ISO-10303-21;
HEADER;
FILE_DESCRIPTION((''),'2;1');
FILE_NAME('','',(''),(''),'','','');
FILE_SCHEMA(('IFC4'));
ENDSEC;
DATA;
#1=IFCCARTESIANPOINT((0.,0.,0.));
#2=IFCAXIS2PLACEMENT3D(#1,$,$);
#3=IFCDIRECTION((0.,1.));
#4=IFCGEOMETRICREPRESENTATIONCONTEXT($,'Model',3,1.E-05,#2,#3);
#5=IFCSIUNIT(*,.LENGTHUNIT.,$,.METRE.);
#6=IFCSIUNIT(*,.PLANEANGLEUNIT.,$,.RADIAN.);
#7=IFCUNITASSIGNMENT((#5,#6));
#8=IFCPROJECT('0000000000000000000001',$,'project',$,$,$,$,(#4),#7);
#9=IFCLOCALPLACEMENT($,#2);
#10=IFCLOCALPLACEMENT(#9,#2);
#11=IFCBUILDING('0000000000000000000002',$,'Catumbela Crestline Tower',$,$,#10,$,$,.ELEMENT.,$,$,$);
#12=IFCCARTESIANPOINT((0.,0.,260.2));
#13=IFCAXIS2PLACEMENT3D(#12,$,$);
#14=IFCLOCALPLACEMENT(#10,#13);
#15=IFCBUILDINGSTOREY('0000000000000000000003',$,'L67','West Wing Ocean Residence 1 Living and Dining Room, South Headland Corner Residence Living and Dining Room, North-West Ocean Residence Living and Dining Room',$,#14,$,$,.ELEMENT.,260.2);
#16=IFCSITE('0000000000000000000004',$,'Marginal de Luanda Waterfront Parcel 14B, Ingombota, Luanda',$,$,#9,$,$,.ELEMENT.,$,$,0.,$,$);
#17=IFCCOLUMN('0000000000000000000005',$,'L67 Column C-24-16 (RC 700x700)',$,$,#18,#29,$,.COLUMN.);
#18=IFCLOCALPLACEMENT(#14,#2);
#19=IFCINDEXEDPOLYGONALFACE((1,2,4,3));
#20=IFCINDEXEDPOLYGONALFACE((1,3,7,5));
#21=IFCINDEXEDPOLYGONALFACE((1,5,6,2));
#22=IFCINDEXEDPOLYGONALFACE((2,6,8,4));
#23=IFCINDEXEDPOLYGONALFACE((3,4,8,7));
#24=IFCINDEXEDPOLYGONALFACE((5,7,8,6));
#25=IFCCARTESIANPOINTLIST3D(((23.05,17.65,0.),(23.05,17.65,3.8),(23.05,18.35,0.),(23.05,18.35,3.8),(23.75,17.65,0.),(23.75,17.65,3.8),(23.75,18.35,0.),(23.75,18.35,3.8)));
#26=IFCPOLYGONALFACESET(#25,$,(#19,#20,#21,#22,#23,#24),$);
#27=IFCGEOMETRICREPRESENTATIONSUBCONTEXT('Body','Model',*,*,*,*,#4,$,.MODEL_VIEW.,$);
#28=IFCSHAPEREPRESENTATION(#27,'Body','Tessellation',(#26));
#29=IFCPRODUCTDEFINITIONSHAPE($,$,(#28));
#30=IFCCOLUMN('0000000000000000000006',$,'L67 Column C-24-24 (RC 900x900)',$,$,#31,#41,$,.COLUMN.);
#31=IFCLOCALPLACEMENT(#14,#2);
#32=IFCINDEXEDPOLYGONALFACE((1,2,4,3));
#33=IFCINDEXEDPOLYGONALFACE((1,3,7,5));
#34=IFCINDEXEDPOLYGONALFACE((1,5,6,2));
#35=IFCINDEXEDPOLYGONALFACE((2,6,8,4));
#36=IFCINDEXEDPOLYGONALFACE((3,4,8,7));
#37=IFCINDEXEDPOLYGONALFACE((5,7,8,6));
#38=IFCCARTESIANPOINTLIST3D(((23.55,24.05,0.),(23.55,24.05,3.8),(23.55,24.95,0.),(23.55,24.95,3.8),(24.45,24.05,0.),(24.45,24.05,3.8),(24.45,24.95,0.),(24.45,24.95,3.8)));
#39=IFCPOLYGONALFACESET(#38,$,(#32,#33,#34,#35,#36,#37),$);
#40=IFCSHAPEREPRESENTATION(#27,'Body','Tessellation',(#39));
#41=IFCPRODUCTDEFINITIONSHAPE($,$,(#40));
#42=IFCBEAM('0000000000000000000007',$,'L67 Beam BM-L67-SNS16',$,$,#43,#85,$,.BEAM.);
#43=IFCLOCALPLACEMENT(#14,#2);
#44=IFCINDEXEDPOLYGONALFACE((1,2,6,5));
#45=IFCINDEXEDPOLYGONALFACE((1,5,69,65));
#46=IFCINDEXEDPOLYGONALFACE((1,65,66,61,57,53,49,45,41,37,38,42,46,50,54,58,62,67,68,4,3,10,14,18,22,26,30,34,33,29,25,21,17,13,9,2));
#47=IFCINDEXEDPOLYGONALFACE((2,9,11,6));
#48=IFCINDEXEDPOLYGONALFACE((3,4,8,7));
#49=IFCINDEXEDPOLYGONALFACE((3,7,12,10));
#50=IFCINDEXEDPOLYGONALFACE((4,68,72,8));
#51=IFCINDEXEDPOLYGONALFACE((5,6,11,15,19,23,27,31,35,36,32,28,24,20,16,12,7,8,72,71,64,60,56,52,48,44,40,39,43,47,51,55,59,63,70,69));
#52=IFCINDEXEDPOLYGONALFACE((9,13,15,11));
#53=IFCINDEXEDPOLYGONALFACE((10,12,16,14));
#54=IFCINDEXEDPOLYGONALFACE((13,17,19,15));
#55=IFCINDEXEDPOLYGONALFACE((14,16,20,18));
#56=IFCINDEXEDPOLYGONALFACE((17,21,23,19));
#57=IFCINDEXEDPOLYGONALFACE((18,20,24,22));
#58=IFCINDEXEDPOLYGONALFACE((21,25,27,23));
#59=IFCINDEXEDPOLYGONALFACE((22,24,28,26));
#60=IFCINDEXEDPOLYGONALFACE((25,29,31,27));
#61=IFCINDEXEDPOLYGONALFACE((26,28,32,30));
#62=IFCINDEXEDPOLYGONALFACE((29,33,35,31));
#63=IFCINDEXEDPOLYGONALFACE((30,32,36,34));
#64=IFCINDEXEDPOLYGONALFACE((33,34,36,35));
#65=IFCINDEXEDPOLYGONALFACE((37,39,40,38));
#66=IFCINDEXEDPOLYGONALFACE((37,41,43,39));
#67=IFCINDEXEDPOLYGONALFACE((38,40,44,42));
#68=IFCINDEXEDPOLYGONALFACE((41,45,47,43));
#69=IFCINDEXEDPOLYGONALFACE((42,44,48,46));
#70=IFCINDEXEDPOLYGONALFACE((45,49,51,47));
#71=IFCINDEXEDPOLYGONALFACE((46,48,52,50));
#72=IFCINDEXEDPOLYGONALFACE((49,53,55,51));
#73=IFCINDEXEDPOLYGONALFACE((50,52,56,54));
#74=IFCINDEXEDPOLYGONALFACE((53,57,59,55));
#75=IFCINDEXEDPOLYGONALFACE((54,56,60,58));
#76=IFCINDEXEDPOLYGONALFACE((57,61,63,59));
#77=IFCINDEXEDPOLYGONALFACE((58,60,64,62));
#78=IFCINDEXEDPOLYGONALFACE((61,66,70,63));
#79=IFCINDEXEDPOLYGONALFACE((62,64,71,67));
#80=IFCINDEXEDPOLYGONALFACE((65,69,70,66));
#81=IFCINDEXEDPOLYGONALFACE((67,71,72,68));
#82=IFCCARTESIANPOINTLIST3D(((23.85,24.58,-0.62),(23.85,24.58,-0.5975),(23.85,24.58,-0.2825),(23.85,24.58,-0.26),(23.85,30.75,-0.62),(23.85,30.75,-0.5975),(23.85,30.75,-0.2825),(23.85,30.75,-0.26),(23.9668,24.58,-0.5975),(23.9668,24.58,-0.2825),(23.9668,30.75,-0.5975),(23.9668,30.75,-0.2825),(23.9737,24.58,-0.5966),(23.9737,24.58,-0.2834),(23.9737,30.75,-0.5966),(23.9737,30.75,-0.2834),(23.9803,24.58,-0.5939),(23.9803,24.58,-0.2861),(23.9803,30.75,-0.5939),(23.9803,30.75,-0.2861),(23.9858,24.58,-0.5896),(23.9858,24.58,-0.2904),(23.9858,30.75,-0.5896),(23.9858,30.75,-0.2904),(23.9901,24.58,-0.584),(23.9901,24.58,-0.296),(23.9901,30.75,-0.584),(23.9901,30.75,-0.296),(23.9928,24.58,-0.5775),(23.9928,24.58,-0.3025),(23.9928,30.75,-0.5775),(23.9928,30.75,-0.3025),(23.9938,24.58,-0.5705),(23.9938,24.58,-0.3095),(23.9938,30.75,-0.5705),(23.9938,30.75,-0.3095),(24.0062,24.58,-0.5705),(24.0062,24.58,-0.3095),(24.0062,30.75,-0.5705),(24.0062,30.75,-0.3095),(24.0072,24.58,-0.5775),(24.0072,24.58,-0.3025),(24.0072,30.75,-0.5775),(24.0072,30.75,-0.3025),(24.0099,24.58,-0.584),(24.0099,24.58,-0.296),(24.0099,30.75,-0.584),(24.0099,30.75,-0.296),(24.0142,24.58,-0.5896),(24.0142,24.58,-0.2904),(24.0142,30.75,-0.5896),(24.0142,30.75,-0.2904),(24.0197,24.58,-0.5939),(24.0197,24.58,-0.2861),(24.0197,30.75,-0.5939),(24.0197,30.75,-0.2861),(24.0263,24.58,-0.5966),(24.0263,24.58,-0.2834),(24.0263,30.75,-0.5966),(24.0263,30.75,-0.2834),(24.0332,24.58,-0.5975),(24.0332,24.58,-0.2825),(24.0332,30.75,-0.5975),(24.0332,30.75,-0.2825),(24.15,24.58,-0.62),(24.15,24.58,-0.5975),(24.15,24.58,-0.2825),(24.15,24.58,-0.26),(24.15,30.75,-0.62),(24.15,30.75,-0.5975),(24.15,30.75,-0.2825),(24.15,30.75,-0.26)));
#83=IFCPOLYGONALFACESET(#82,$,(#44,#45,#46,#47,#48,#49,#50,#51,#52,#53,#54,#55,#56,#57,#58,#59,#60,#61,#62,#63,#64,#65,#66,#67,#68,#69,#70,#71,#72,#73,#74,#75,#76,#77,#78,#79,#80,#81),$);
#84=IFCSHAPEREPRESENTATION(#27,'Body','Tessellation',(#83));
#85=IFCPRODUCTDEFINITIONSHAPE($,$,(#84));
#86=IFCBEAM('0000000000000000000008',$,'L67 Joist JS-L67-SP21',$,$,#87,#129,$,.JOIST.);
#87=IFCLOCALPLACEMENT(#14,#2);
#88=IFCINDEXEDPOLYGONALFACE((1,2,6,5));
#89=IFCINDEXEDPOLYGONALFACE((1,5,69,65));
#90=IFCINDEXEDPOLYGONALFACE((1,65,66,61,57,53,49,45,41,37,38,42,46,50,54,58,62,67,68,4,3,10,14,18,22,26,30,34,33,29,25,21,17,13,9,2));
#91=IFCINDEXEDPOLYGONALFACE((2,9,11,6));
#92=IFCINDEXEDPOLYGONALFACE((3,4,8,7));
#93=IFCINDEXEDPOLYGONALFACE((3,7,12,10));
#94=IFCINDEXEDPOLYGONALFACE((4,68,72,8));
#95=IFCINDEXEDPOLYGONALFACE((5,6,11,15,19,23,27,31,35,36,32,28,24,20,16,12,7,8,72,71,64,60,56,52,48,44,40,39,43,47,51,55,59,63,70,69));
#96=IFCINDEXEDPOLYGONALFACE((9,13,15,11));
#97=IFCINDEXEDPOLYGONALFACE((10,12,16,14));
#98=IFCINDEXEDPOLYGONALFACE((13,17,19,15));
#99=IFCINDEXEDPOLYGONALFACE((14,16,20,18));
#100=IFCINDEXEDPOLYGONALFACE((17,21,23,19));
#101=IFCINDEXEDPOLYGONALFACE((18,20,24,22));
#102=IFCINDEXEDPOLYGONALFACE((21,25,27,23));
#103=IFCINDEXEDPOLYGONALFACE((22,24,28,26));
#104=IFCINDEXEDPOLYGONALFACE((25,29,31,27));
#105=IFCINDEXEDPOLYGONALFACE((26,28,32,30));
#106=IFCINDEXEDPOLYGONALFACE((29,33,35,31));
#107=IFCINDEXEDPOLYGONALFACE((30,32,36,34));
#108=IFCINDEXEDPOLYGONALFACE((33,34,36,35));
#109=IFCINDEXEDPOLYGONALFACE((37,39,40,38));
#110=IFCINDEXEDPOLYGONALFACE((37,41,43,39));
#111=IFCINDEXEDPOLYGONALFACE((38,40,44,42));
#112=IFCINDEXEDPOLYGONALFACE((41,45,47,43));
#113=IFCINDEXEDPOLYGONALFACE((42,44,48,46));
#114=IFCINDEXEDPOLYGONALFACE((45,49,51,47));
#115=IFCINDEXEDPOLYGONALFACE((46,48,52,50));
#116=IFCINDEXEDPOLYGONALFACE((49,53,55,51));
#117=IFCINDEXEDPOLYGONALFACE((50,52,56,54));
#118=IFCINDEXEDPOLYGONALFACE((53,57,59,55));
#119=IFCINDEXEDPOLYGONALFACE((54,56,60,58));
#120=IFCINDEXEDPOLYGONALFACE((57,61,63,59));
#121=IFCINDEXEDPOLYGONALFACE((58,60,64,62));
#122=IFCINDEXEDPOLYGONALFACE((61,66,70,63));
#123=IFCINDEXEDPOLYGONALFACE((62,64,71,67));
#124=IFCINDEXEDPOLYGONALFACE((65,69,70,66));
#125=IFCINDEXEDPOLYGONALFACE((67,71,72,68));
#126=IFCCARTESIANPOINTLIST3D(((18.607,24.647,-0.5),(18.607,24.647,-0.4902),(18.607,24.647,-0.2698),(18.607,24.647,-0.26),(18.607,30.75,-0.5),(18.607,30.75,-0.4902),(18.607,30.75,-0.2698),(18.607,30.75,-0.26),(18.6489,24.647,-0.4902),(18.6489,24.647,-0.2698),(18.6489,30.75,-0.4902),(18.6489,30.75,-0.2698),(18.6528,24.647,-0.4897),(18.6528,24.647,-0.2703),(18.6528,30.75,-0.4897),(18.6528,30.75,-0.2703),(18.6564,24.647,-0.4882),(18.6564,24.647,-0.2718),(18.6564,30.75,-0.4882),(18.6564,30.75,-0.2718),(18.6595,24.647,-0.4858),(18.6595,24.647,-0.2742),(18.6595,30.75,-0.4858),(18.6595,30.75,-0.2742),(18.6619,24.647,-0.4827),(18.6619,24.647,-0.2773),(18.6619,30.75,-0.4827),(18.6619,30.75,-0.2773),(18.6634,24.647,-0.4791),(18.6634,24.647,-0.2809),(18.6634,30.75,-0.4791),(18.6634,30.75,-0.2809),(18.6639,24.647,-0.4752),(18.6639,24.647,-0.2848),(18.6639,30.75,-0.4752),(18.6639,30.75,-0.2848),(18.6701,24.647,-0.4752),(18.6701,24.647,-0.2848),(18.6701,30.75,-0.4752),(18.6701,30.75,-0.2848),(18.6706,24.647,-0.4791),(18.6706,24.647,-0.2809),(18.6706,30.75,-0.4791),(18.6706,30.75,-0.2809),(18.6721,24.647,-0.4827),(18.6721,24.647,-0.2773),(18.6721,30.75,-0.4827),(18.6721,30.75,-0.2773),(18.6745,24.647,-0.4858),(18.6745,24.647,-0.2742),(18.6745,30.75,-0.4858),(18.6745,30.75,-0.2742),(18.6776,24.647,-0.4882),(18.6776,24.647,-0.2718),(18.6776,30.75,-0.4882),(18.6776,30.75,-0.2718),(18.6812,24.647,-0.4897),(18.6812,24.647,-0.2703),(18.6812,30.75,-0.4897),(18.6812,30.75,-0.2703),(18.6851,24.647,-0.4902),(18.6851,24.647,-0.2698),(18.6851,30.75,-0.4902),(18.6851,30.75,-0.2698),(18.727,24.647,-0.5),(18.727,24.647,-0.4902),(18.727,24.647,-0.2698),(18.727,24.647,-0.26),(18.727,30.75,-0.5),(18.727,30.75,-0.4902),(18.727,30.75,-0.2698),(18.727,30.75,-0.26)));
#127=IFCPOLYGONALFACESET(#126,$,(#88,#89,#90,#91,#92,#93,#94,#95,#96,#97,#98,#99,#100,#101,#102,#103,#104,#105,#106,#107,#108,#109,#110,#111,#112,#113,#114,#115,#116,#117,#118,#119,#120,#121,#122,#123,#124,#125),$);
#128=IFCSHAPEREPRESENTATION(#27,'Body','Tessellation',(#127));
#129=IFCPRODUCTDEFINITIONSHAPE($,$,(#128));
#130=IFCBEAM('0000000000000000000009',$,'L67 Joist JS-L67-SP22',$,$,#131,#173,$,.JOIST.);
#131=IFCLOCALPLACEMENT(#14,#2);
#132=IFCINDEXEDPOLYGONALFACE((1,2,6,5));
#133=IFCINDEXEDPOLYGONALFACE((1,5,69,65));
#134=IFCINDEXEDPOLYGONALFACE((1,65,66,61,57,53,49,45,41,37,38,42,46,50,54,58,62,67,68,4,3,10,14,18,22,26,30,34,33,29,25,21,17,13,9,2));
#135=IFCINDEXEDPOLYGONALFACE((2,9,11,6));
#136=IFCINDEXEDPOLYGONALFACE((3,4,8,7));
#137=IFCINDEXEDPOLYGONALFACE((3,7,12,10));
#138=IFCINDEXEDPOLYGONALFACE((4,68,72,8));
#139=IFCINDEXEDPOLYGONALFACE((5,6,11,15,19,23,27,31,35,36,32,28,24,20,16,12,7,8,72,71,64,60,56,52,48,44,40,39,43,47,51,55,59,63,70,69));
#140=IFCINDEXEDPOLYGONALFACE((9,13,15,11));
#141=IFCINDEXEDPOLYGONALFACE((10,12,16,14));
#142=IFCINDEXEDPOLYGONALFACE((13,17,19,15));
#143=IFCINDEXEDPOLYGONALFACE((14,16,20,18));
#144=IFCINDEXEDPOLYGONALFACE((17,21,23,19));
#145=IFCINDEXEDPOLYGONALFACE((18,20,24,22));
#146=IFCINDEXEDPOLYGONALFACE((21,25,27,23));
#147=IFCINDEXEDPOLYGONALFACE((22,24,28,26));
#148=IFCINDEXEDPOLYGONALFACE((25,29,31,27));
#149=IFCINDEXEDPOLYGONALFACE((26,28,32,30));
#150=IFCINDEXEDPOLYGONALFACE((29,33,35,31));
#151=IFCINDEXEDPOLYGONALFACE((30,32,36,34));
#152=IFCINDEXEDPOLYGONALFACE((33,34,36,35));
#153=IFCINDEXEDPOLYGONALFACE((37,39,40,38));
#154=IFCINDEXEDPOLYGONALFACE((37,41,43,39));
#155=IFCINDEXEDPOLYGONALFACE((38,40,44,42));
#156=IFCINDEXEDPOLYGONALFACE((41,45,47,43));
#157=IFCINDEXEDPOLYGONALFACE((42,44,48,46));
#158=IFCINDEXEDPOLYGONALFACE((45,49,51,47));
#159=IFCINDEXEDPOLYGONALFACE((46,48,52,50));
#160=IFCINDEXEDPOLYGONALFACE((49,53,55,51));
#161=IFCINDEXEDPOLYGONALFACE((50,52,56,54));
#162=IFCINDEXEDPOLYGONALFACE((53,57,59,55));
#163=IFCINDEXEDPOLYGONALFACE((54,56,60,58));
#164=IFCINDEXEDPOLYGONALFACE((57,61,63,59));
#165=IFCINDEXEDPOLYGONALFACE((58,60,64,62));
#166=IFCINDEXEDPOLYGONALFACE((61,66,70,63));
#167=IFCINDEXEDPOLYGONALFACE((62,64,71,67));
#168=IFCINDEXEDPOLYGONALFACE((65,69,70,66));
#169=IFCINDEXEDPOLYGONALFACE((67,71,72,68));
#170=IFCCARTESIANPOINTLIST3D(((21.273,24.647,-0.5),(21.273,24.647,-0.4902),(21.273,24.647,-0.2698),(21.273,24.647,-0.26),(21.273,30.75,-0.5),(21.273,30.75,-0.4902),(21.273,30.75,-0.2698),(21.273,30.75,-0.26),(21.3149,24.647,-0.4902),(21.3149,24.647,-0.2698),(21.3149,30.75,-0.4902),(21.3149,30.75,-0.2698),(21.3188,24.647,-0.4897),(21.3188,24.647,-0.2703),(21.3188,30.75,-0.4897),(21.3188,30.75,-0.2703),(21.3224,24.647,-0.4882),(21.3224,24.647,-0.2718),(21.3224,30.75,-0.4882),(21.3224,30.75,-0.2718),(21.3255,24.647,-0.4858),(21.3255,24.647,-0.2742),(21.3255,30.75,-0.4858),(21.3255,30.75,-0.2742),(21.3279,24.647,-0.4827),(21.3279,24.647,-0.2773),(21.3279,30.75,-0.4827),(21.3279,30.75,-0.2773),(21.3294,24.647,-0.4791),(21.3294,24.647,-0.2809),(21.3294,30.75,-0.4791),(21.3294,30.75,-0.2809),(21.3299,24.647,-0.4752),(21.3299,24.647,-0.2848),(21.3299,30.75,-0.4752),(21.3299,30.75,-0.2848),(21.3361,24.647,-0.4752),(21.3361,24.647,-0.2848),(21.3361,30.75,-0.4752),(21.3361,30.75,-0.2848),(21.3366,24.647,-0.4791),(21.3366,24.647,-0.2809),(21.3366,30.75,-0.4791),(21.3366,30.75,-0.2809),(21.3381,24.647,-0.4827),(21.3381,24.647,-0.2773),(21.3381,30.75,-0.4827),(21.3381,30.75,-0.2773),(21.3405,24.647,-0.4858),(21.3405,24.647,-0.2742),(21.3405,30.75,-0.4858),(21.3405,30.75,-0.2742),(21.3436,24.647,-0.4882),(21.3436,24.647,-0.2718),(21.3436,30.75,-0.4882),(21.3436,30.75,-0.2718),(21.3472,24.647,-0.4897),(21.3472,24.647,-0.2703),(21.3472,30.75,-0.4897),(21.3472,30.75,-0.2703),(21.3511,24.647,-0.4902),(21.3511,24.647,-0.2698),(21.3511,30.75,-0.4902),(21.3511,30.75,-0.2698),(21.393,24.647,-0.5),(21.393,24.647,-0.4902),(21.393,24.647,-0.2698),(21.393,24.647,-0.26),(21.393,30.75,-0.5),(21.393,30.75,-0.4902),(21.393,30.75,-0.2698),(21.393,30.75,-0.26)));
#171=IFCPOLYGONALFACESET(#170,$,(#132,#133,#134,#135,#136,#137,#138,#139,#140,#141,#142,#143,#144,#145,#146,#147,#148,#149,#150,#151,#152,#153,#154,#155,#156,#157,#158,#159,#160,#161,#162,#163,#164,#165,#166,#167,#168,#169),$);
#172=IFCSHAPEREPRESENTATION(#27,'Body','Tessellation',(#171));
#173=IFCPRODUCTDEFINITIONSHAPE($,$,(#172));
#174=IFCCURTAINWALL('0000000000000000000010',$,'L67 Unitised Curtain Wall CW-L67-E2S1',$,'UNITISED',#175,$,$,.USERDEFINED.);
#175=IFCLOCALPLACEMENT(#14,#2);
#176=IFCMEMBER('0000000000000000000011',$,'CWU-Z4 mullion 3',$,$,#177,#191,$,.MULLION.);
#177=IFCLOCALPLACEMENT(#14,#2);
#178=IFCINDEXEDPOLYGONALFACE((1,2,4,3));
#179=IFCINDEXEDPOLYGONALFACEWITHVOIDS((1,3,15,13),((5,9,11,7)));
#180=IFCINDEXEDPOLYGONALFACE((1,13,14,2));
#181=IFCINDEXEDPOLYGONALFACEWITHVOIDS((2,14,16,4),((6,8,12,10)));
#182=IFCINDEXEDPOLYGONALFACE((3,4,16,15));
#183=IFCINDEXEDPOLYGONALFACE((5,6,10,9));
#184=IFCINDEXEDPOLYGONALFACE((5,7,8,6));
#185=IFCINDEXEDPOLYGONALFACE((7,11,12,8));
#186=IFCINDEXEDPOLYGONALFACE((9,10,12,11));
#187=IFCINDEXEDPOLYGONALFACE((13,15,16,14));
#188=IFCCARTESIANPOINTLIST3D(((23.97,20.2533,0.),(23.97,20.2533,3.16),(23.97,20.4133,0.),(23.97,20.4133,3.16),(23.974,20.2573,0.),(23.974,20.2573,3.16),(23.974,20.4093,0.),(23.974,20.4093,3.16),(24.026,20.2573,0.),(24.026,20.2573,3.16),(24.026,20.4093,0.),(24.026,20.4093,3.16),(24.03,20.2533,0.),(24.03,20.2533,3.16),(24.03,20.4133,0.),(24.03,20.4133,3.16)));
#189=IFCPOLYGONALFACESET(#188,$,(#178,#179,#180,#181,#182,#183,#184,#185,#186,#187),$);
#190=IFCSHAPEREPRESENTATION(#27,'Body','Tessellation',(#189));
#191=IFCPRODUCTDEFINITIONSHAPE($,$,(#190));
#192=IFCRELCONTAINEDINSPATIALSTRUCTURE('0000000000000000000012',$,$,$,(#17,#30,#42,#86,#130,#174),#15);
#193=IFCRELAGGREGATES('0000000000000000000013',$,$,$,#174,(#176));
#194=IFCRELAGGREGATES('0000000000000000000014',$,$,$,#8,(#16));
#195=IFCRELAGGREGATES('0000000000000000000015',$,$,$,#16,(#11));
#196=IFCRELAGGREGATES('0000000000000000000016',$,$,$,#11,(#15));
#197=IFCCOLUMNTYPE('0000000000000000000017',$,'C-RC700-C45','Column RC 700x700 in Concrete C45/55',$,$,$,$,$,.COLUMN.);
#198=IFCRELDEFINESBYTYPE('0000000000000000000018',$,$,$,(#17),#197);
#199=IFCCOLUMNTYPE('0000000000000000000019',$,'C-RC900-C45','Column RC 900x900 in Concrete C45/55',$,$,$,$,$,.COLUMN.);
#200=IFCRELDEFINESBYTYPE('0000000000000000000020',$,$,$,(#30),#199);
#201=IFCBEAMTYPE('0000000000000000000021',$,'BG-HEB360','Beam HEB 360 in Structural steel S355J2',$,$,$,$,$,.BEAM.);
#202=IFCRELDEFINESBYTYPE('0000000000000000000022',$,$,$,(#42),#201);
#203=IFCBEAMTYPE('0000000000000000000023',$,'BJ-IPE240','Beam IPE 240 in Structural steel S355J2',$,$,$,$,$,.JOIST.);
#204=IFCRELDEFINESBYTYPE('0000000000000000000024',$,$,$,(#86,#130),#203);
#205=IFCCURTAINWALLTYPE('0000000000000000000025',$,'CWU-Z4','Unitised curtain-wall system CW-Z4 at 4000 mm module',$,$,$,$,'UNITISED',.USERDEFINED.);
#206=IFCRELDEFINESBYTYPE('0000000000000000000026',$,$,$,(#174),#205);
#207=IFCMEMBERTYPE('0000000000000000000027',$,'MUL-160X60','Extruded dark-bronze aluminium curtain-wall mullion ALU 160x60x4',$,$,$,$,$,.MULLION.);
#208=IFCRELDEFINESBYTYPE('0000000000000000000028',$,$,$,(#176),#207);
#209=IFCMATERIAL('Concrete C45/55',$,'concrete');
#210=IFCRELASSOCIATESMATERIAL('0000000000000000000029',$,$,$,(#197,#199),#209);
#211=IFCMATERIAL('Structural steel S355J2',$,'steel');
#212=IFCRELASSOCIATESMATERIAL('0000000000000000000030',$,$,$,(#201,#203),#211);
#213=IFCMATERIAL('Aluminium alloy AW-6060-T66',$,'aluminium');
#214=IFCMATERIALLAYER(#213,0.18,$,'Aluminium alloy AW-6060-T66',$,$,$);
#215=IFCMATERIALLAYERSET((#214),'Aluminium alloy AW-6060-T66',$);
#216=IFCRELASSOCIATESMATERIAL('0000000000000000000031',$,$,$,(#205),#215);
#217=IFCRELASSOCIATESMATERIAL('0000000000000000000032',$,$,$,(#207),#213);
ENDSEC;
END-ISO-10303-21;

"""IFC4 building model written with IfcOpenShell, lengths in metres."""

from ifc_helpers import new_model, si_unit, direction, frame, origin, origin_2d, place, context, subcontext, project, spatial, rectangle, hollow_rectangle, i_section, extrude, material, layer, layer_set, material_profile, profile_set, type_object, element, aggregate, save


model = new_model("IFC4")

# Units and contexts
model_context = context("Model", 3, precision=1e-05, world=origin(), true_north=direction((0.0, 1.0)))
body_context = subcontext(model_context, "Body", "Model", "MODEL_VIEW")
ifc_project = project(units=[si_unit("LENGTHUNIT", "METRE"), si_unit("PLANEANGLEUNIT", "RADIAN")], contexts=[model_context])

# Site, building, storey
site_placement = place(None, origin())
site = spatial("IfcSite", under=ifc_project, at=site_placement, Name="Marginal de Luanda Waterfront Parcel 14B, Ingombota, Luanda", CompositionType="ELEMENT", RefElevation=0.0)
building_placement = place(site_placement, origin())
building = spatial("IfcBuilding", under=site, at=building_placement, Name="Catumbela Crestline Tower", CompositionType="ELEMENT")
storey_placement = place(building_placement, frame((0.0, 0.0, 260.2)))
storey = spatial("IfcBuildingStorey", under=building, at=storey_placement, Name="L67", Description="West Wing Ocean Residence 1 Living and Dining Room, South Headland Corner Residence Living and Dining Room, North-West Ocean Residence Living and Dining Room", CompositionType="ELEMENT", Elevation=260.2)

# Columns
ifc_material_1 = material(Name="Concrete C45/55", Category="concrete")
ifc_material_profile_1 = material_profile(ifc_material_1, rectangle(XDim=0.7, YDim=0.7, at=origin_2d()), Name="RC 700x700")
ifc_profile_set_1 = profile_set([ifc_material_profile_1], Name="Concrete C45/55")
column_type_1 = type_object("IfcColumnType", Name="C-RC700-C45", Description="Column RC 700x700 in Concrete C45/55", PredefinedType="COLUMN", material=ifc_profile_set_1)
column_1_placement = place(storey_placement, frame((23.4, 18.0, 0.0), z_axis=(0.0, 0.0, 1.0), x_axis=(1.0, 0.0, 0.0)))
element("IfcColumn", 1, at=column_1_placement, inside=storey, type_object=column_type_1, Name="L67 Column C-24-16 (RC 700x700)", PredefinedType="COLUMN", context=body_context, shape_type="SweptSolid", body=[
    extrude(rectangle(XDim=0.7, YDim=0.7, at=origin_2d()), origin(), (0.0, 0.0, 1.0), 3.8),
])
ifc_material_profile_2 = material_profile(ifc_material_1, rectangle(XDim=0.9, YDim=0.9, at=origin_2d()), Name="RC 900x900")
ifc_profile_set_2 = profile_set([ifc_material_profile_2], Name="Concrete C45/55")
column_type_2 = type_object("IfcColumnType", Name="C-RC900-C45", Description="Column RC 900x900 in Concrete C45/55", PredefinedType="COLUMN", material=ifc_profile_set_2)
column_2_placement = place(storey_placement, frame((24.0, 24.5, 0.0), z_axis=(0.0, 0.0, 1.0), x_axis=(1.0, 0.0, 0.0)))
element("IfcColumn", 2, at=column_2_placement, inside=storey, type_object=column_type_2, Name="L67 Column C-24-24 (RC 900x900)", PredefinedType="COLUMN", context=body_context, shape_type="SweptSolid", body=[
    extrude(rectangle(XDim=0.9, YDim=0.9, at=origin_2d()), origin(), (0.0, 0.0, 1.0), 3.8),
])

# Beams
ifc_material_2 = material(Name="Structural steel S355J2", Category="steel")
ifc_material_profile_3 = material_profile(ifc_material_2, i_section(OverallWidth=0.3, OverallDepth=0.36, WebThickness=0.0125, FlangeThickness=0.0225, FilletRadius=0.027, at=origin_2d()), Name="HEB 360")
ifc_profile_set_3 = profile_set([ifc_material_profile_3], Name="Structural steel S355J2")
beam_type_1 = type_object("IfcBeamType", Name="BG-HEB360", Description="Beam HEB 360 in Structural steel S355J2", PredefinedType="BEAM", material=ifc_profile_set_3)
beam_1_placement = place(storey_placement, frame((24.0, 24.58, -0.44), z_axis=(0.0, 1.0, 0.0), x_axis=(-1.0, 0.0, 0.0)))
element("IfcBeam", 3, at=beam_1_placement, inside=storey, type_object=beam_type_1, Name="L67 Beam BM-L67-SNS16", PredefinedType="BEAM", context=body_context, shape_type="SweptSolid", body=[
    extrude(i_section(OverallWidth=0.3, OverallDepth=0.36, WebThickness=0.0125, FlangeThickness=0.0225, FilletRadius=0.027, at=origin_2d()), origin(), (0.0, 0.0, 1.0), 6.17),
])
ifc_material_profile_4 = material_profile(ifc_material_2, i_section(OverallWidth=0.12, OverallDepth=0.24, WebThickness=0.0062, FlangeThickness=0.0098, FilletRadius=0.015, at=origin_2d()), Name="IPE 240")
ifc_profile_set_4 = profile_set([ifc_material_profile_4], Name="Structural steel S355J2")
beam_type_2 = type_object("IfcBeamType", Name="BJ-IPE240", Description="Beam IPE 240 in Structural steel S355J2", PredefinedType="JOIST", material=ifc_profile_set_4)
for number, where, z_axis, x_axis, name in (
    (4, (18.667, 24.647, -0.38), (0.0, 1.0, 0.0), (-1.0, 0.0, 0.0), "L67 Joist JS-L67-SP21"),
    (5, (21.333, 24.647, -0.38), (0.0, 1.0, 0.0), (-1.0, 0.0, 0.0), "L67 Joist JS-L67-SP22"),
):
    element("IfcBeam", number, at=place(storey_placement, frame(where, z_axis=z_axis, x_axis=x_axis)), inside=storey, type_object=beam_type_2, Name=name, PredefinedType="JOIST", context=body_context, shape_type="SweptSolid", body=[
        extrude(i_section(OverallWidth=0.12, OverallDepth=0.24, WebThickness=0.0062, FlangeThickness=0.0098, FilletRadius=0.015, at=origin_2d()), origin(), (0.0, 0.0, 1.0), 6.103),
    ])

# Curtain wall, member
ifc_material_3 = material(Name="Aluminium alloy AW-6060-T66", Category="aluminium")
ifc_layer_1 = layer(ifc_material_3, 0.18, Name="Aluminium alloy AW-6060-T66")
ifc_layer_set_1 = layer_set([ifc_layer_1], Name="Aluminium alloy AW-6060-T66")
curtain_wall_type = type_object("IfcCurtainWallType", Name="CWU-Z4", Description="Unitised curtain-wall system CW-Z4 at 4000 mm module", ElementType="UNITISED", PredefinedType="USERDEFINED", material=ifc_layer_set_1)
curtain_wall_placement = place(storey_placement, origin())
curtain_wall = element("IfcCurtainWall", 6, at=curtain_wall_placement, inside=storey, type_object=curtain_wall_type, Name="L67 Unitised Curtain Wall CW-L67-E2S1", ObjectType="UNITISED", PredefinedType="USERDEFINED")
ifc_material_profile_5 = material_profile(ifc_material_3, hollow_rectangle(XDim=0.06, YDim=0.16, WallThickness=0.004, at=origin_2d()), Name="ALU 160x60x4")
ifc_profile_set_5 = profile_set([ifc_material_profile_5], Name="Aluminium alloy AW-6060-T66")
member_type_1 = type_object("IfcMemberType", Name="MUL-160X60", Description="Extruded dark-bronze aluminium curtain-wall mullion ALU 160x60x4", PredefinedType="MULLION", material=ifc_profile_set_5)
member_1_placement = place(storey_placement, frame((24.0, 20.3333, 0.0), z_axis=(0.0, 0.0, 1.0), x_axis=(-1.0, 0.0, 0.0)))
member_1 = element("IfcMember", 7, at=member_1_placement, type_object=member_type_1, Name="CWU-Z4 mullion 3", PredefinedType="MULLION", context=body_context, shape_type="SweptSolid", body=[
    extrude(hollow_rectangle(XDim=0.06, YDim=0.16, WallThickness=0.004, at=origin_2d()), origin(), (0.0, 0.0, 1.0), 3.16),
])

aggregate(curtain_wall, [member_1])

save(model, "model.ifc")
